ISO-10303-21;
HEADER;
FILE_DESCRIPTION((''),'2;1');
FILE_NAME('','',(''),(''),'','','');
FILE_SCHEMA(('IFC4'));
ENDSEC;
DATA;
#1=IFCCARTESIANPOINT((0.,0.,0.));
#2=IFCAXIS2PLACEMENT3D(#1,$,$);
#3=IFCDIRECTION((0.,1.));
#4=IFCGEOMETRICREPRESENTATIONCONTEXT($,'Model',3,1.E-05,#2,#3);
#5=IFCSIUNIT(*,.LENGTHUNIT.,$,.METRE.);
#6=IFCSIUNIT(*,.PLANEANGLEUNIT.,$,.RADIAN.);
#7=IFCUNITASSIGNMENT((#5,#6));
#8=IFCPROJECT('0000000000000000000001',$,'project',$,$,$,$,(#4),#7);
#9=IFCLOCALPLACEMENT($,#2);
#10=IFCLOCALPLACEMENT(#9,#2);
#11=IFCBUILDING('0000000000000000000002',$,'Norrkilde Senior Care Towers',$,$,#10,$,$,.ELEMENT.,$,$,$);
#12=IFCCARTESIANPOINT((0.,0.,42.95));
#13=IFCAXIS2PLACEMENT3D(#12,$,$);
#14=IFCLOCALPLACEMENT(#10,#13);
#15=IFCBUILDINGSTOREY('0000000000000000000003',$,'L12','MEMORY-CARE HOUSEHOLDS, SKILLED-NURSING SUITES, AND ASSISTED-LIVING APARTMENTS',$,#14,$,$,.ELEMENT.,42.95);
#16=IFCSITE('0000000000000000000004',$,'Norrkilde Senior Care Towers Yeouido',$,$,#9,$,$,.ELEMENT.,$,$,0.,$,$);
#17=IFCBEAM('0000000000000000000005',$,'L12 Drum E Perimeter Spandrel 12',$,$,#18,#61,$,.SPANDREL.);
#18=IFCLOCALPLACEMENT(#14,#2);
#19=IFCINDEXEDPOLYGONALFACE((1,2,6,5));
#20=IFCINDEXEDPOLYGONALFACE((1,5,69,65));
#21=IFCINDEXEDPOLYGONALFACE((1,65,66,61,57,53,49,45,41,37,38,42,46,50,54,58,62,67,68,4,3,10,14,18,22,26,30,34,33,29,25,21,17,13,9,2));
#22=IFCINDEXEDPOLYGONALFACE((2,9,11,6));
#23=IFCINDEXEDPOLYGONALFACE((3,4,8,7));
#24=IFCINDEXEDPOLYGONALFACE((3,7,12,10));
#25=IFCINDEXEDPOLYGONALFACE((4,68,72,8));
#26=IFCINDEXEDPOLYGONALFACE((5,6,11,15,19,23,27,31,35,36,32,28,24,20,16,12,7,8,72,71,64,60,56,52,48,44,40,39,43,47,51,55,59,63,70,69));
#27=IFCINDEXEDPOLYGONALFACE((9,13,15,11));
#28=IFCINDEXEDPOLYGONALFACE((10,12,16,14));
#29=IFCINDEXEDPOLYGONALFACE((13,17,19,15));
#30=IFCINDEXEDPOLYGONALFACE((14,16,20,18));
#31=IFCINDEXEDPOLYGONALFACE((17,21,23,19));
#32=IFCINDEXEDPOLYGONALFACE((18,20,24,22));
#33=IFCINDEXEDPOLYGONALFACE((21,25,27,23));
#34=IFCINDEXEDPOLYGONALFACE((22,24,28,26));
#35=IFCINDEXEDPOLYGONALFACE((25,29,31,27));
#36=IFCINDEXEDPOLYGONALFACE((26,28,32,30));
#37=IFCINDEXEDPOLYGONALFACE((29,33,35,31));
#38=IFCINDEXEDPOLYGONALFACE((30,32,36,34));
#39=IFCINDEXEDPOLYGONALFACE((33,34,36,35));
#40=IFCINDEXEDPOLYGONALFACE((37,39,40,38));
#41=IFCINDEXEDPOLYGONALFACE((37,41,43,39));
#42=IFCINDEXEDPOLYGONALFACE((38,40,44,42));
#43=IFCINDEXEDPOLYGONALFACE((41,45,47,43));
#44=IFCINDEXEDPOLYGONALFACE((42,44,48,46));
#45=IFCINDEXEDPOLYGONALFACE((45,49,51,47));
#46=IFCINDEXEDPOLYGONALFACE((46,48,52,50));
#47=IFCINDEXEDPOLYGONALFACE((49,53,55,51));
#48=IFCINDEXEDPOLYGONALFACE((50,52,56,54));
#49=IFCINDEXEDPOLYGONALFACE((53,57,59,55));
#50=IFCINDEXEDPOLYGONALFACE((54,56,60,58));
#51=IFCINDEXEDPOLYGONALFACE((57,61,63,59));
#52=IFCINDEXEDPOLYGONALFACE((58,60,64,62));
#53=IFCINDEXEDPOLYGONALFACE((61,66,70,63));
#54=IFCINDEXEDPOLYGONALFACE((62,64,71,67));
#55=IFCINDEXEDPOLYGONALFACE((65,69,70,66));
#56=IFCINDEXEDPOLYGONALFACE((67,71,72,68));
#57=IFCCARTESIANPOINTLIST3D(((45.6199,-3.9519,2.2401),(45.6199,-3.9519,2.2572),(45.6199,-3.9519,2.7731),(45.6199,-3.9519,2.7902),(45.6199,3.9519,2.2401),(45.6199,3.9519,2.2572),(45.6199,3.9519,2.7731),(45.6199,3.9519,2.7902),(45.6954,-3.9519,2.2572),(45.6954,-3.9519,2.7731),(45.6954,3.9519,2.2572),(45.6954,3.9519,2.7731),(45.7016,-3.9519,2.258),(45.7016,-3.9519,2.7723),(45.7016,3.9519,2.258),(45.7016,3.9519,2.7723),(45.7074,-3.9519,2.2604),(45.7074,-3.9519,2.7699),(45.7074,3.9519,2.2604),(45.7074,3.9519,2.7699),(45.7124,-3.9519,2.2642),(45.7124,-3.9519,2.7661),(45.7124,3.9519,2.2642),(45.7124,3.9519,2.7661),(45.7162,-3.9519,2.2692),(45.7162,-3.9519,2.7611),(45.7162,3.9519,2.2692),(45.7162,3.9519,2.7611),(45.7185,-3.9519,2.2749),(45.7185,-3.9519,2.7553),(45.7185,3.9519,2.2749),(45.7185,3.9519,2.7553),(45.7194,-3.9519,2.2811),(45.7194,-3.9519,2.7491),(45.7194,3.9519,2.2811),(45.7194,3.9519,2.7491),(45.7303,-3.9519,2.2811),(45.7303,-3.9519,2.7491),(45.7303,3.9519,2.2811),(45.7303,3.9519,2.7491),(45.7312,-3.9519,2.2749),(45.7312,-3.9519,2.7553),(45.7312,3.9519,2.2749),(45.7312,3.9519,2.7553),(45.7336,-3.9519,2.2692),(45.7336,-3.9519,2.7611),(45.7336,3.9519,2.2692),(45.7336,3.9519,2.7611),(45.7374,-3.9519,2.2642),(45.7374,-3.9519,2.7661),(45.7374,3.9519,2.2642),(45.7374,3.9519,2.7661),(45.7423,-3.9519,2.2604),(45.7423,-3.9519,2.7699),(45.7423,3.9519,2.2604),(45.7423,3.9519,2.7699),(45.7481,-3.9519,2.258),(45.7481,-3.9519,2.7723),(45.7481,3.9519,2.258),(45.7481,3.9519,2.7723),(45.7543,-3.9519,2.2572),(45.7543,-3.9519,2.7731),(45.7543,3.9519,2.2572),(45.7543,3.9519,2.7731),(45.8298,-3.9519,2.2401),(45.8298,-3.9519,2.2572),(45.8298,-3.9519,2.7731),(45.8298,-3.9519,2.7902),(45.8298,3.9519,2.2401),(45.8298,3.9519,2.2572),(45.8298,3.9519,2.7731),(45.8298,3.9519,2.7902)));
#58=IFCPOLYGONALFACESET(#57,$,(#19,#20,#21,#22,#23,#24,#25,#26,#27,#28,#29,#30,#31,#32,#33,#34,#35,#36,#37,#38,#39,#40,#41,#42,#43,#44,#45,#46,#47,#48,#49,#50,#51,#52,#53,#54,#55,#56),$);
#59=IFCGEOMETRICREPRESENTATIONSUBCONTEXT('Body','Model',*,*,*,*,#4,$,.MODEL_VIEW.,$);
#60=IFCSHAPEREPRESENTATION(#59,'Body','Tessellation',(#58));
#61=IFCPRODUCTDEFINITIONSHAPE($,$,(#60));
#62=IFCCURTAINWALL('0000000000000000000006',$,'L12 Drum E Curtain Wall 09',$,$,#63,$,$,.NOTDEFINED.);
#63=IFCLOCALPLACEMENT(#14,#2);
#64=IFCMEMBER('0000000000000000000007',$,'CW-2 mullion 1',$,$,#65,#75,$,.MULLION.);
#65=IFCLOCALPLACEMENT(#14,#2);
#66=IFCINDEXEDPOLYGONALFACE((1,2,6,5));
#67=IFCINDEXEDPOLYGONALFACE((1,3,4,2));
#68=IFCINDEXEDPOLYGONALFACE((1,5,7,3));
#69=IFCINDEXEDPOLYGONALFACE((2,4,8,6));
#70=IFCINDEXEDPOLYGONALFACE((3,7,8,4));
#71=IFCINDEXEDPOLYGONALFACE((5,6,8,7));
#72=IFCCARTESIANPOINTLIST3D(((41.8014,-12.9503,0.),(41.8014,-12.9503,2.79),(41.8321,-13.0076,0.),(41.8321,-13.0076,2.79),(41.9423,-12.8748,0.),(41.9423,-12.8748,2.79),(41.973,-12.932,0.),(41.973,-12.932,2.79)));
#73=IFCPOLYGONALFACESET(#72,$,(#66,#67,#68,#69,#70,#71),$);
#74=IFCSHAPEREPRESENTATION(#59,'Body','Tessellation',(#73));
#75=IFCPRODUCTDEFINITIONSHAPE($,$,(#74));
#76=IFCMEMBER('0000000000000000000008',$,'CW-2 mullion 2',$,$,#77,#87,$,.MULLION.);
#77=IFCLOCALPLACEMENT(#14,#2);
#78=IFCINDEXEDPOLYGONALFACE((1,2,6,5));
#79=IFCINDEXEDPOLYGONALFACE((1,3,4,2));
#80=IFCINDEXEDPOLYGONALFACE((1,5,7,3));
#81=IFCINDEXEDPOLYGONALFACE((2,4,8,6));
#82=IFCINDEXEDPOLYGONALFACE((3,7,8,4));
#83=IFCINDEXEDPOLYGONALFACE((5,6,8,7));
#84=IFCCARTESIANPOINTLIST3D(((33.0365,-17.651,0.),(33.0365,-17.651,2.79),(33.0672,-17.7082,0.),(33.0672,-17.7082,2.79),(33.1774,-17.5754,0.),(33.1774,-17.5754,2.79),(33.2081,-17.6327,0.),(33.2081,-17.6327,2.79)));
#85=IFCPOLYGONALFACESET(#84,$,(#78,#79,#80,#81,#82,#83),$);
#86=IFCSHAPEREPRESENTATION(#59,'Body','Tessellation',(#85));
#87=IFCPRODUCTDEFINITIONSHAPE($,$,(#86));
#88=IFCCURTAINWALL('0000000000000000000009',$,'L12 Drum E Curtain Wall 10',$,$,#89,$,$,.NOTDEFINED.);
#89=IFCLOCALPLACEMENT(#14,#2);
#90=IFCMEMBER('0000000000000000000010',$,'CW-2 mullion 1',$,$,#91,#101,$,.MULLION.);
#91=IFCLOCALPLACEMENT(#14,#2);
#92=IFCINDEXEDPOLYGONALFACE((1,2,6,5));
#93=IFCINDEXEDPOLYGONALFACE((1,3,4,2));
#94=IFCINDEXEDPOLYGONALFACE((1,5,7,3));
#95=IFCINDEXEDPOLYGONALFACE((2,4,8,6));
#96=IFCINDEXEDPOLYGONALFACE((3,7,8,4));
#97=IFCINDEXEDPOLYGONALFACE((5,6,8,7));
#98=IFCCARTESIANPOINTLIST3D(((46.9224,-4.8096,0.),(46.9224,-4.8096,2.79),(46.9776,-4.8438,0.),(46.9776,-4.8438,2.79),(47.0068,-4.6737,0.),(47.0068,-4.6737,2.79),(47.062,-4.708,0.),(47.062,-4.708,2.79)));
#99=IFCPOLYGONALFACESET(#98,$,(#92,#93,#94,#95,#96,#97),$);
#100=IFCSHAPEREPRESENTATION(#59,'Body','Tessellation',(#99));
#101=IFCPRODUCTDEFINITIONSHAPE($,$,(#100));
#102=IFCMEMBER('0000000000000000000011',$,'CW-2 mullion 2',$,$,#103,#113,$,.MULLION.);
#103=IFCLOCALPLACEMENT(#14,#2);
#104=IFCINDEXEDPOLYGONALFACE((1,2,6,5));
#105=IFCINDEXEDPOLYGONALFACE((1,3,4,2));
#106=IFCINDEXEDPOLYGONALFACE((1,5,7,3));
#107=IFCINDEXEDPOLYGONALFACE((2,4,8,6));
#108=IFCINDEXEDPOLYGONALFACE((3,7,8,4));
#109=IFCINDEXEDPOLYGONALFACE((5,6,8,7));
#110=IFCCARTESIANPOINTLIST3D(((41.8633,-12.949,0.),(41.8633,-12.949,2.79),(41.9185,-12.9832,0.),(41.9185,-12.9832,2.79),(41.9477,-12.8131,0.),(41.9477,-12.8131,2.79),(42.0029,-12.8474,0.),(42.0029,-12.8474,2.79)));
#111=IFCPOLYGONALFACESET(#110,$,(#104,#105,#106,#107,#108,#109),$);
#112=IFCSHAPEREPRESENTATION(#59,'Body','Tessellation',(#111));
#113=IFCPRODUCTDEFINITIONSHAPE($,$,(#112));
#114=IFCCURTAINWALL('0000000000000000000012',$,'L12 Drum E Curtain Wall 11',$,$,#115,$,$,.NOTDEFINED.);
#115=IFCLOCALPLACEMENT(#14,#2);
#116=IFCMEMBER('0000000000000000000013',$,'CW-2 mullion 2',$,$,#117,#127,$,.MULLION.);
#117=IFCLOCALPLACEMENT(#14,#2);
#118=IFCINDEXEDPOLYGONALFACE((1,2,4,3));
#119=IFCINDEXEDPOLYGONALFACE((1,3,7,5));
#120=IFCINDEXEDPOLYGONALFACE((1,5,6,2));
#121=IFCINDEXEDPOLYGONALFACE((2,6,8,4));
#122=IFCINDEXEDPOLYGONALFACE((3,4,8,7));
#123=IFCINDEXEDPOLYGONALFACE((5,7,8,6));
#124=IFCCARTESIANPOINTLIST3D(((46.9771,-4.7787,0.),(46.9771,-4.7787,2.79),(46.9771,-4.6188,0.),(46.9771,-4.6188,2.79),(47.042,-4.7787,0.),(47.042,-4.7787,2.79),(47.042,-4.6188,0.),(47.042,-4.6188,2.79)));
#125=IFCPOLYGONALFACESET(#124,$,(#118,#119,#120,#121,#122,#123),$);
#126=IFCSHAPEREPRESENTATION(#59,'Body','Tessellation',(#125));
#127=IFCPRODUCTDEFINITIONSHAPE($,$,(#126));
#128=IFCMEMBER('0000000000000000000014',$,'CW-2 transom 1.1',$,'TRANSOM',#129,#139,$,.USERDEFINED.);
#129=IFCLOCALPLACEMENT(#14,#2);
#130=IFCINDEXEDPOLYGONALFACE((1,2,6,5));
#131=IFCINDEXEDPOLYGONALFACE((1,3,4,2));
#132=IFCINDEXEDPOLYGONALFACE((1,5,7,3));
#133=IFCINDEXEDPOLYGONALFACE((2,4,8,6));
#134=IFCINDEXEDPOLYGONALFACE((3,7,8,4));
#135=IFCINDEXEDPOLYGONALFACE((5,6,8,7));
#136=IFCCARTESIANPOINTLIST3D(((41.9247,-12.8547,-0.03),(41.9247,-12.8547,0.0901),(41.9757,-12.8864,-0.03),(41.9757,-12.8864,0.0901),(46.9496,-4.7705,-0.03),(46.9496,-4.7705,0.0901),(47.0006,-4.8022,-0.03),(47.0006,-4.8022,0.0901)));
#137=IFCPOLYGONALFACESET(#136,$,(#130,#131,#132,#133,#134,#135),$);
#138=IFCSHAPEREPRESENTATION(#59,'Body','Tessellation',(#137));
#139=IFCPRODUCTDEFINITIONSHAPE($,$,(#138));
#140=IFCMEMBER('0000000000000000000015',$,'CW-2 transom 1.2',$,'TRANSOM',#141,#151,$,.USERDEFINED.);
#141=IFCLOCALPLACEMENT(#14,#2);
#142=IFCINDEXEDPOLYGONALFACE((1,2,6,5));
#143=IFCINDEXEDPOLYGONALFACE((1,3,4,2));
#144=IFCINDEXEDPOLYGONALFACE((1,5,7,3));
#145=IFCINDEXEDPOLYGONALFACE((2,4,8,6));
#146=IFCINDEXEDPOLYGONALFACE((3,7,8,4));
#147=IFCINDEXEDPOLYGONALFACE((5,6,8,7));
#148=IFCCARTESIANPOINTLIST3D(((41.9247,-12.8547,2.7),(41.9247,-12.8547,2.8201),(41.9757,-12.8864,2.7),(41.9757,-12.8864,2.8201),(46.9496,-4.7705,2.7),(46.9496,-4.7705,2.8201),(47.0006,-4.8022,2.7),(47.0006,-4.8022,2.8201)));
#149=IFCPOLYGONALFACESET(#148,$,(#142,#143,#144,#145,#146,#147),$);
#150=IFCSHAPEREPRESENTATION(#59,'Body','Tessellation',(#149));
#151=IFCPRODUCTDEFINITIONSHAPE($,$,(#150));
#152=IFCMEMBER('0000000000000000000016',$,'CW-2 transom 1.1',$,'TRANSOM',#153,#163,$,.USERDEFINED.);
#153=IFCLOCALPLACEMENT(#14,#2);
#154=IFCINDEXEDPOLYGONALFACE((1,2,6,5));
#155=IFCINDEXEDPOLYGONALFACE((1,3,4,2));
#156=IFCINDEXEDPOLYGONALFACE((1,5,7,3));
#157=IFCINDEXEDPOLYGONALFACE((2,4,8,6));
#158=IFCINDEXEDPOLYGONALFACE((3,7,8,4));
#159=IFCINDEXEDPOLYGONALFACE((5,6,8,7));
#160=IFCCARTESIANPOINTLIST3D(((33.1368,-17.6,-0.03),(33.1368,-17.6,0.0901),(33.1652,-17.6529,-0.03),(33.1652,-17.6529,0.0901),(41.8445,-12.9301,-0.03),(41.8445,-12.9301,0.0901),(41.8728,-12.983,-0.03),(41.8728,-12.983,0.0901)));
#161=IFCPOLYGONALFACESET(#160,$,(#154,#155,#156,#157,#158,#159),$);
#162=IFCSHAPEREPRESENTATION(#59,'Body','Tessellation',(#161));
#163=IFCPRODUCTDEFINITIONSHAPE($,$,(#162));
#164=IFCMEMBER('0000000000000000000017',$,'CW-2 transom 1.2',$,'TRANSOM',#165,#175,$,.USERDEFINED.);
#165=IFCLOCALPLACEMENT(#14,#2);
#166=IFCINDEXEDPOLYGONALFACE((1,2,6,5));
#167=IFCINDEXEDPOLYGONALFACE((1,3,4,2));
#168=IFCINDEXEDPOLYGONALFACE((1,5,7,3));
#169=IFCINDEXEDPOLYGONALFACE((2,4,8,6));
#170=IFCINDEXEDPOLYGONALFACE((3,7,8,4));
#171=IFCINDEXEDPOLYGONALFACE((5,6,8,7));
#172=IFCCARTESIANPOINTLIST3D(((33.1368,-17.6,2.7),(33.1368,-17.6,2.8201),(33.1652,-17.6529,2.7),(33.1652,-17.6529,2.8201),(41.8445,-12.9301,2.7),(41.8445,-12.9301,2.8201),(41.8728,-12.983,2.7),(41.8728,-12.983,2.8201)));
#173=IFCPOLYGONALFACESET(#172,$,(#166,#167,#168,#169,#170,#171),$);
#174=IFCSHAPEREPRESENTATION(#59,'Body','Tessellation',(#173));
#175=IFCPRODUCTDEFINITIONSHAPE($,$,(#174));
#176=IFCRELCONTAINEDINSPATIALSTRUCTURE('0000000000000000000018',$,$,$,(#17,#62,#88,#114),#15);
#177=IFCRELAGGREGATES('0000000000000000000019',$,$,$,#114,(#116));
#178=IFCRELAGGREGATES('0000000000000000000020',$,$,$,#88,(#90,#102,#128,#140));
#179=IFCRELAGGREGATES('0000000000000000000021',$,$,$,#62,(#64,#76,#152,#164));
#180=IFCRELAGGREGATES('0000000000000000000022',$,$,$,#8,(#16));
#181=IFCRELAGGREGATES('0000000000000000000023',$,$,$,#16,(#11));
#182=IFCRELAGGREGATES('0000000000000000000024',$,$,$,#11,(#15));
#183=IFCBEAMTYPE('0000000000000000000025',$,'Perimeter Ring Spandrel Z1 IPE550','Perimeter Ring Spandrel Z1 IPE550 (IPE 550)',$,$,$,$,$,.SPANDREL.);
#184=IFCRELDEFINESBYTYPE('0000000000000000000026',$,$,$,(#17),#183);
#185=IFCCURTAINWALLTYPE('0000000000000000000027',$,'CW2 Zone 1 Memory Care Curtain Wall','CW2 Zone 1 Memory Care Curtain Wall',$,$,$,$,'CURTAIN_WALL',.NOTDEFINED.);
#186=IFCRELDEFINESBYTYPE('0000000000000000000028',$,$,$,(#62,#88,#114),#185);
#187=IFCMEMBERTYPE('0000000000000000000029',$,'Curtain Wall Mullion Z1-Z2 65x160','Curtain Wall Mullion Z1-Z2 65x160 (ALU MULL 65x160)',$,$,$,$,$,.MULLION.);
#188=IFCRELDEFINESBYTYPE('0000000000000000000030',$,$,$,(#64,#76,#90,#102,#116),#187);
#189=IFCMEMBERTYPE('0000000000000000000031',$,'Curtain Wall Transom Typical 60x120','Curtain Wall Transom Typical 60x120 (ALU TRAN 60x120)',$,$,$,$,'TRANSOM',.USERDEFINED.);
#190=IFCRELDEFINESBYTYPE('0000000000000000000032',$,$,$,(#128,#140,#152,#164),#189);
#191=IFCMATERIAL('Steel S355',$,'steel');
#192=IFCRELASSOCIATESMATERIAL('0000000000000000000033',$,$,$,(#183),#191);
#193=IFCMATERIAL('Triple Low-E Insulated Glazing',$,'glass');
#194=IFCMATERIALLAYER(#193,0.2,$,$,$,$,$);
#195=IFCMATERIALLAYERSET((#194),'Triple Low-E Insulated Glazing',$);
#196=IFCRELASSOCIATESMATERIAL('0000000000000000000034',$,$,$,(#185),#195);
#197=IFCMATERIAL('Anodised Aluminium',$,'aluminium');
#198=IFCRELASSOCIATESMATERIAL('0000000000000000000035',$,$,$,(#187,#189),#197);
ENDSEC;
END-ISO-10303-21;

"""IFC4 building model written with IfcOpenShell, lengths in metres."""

from ifc_helpers import new_model, si_unit, direction, frame, origin, origin_2d, place, context, subcontext, project, spatial, rectangle, i_section, extrude, source, transform, mapped, material, layer, layer_set, material_profile, profile_set, type_object, type_shapes, element, aggregate, save


model = new_model("IFC4")

# Units and contexts
model_context = context("Model", 3, precision=1e-05, world=origin(), true_north=direction((0.0, 1.0)))
body_context = subcontext(model_context, "Body", "Model", "MODEL_VIEW")
ifc_project = project(units=[si_unit("LENGTHUNIT", "METRE"), si_unit("PLANEANGLEUNIT", "RADIAN")], contexts=[model_context])

# Site, building, storey
site_placement = place(None, origin())
site = spatial("IfcSite", under=ifc_project, at=site_placement, Name="Norrkilde Senior Care Towers Yeouido", CompositionType="ELEMENT", RefElevation=0.0)
building_placement = place(site_placement, origin())
building = spatial("IfcBuilding", under=site, at=building_placement, Name="Norrkilde Senior Care Towers", CompositionType="ELEMENT")
storey_placement = place(building_placement, frame((0.0, 0.0, 42.95)))
storey = spatial("IfcBuildingStorey", under=building, at=storey_placement, Name="L12", Description="MEMORY-CARE HOUSEHOLDS, SKILLED-NURSING SUITES, AND ASSISTED-LIVING APARTMENTS", CompositionType="ELEMENT", Elevation=42.95)

# Beam
ifc_material_1 = material(Name="Steel S355", Category="steel")
ifc_material_profile_1 = material_profile(ifc_material_1, i_section(OverallWidth=0.21, OverallDepth=0.55, WebThickness=0.011, FlangeThickness=0.0171, FilletRadius=0.0239, at=origin_2d()), Name="IPE 550")
ifc_profile_set_1 = profile_set([ifc_material_profile_1], Name="Steel S355")
beam_type_1 = type_object("IfcBeamType", Name="Perimeter Ring Spandrel Z1 IPE550", Description="Perimeter Ring Spandrel Z1 IPE550 (IPE 550)", PredefinedType="SPANDREL", material=ifc_profile_set_1)
shared_shape_1 = source(origin(), body_context, "Body", "SweptSolid", [
    extrude(i_section(OverallWidth=0.21, OverallDepth=0.55, WebThickness=0.011, FlangeThickness=0.0171, FilletRadius=0.0239, at=origin_2d()), origin(), (0.0, 0.0, 1.0), 7.9038),
])
beam_1_placement = place(storey_placement, frame((45.7249, -3.9519, 2.5151), z_axis=(0.0, 1.0, 0.0), x_axis=(-1.0, 0.0, 0.0)))
element("IfcBeam", 1, at=beam_1_placement, inside=storey, type_object=beam_type_1, Name="L12 Drum E Perimeter Spandrel 12", PredefinedType="SPANDREL", context=body_context, shape_type="MappedRepresentation", body=[
    mapped(shared_shape_1, transform((0.0, 0.0, 0.0), x_axis=(1.0, 0.0, 0.0), y_axis=(0.0, 1.0, 0.0), z_axis=(0.0, 0.0, 1.0), scale=1.0)),
])

# Curtain walls, members
ifc_material_2 = material(Name="Triple Low-E Insulated Glazing", Category="glass")
ifc_layer_1 = layer(ifc_material_2, 0.2)
ifc_layer_set_1 = layer_set([ifc_layer_1], Name="Triple Low-E Insulated Glazing")
curtain_wall_type = type_object("IfcCurtainWallType", Name="CW2 Zone 1 Memory Care Curtain Wall", Description="CW2 Zone 1 Memory Care Curtain Wall", ElementType="CURTAIN_WALL", PredefinedType="NOTDEFINED", material=ifc_layer_set_1)
curtain_wall_1_placement = place(storey_placement, origin())
curtain_wall_1 = element("IfcCurtainWall", 2, at=curtain_wall_1_placement, inside=storey, type_object=curtain_wall_type, Name="L12 Drum E Curtain Wall 09", PredefinedType="NOTDEFINED")
ifc_material_3 = material(Name="Anodised Aluminium", Category="aluminium")
ifc_material_profile_2 = material_profile(ifc_material_3, rectangle(XDim=0.0649, YDim=0.1599, at=origin_2d()), Name="ALU MULL 65x160")
ifc_profile_set_2 = profile_set([ifc_material_profile_2], Name="Anodised Aluminium")
member_type_1 = type_object("IfcMemberType", Name="Curtain Wall Mullion Z1-Z2 65x160", Description="Curtain Wall Mullion Z1-Z2 65x160 (ALU MULL 65x160)", PredefinedType="MULLION", material=ifc_profile_set_2)
shared_shape_2 = source(origin(), body_context, "Body", "SweptSolid", [
    extrude(rectangle(XDim=0.0649, YDim=0.1599, at=origin_2d()), origin(), (0.0, 0.0, 1.0), 2.79),
])
type_shapes(member_type_1, [shared_shape_2])
member_1_placement = place(storey_placement, frame((41.8872, -12.9412, 0.0), z_axis=(0.0, 0.0, 1.0), x_axis=(0.472608, -0.881273, 0.0)))
member_1 = element("IfcMember", 3, at=member_1_placement, type_object=member_type_1, Name="CW-2 mullion 1", PredefinedType="MULLION", context=body_context, shape_type="MappedRepresentation", body=[
    mapped(shared_shape_2, transform((0.0, 0.0, 0.0), x_axis=(1.0, 0.0, 0.0), y_axis=(0.0, 1.0, 0.0), z_axis=(0.0, 0.0, 1.0), scale=1.0)),
])
member_2_placement = place(storey_placement, frame((33.1223, -17.6418, 0.0), z_axis=(0.0, 0.0, 1.0), x_axis=(0.472608, -0.881273, 0.0)))
member_2 = element("IfcMember", 4, at=member_2_placement, type_object=member_type_1, Name="CW-2 mullion 2", PredefinedType="MULLION", context=body_context, shape_type="MappedRepresentation", body=[
    mapped(shared_shape_2, transform((0.0, 0.0, 0.0), x_axis=(1.0, 0.0, 0.0), y_axis=(0.0, 1.0, 0.0), z_axis=(0.0, 0.0, 1.0), scale=1.0)),
])
curtain_wall_2_placement = place(storey_placement, origin())
curtain_wall_2 = element("IfcCurtainWall", 5, at=curtain_wall_2_placement, inside=storey, type_object=curtain_wall_type, Name="L12 Drum E Curtain Wall 10", PredefinedType="NOTDEFINED")
member_3_placement = place(storey_placement, frame((46.9922, -4.7588, 0.0), z_axis=(0.0, 0.0, 1.0), x_axis=(0.849306, -0.527901, 0.0)))
member_3 = element("IfcMember", 6, at=member_3_placement, type_object=member_type_1, Name="CW-2 mullion 1", PredefinedType="MULLION", context=body_context, shape_type="MappedRepresentation", body=[
    mapped(shared_shape_2, transform((0.0, 0.0, 0.0), x_axis=(1.0, 0.0, 0.0), y_axis=(0.0, 1.0, 0.0), z_axis=(0.0, 0.0, 1.0), scale=1.0)),
])
member_4_placement = place(storey_placement, frame((41.9331, -12.8982, 0.0), z_axis=(0.0, 0.0, 1.0), x_axis=(0.849306, -0.527901, 0.0)))
member_4 = element("IfcMember", 7, at=member_4_placement, type_object=member_type_1, Name="CW-2 mullion 2", PredefinedType="MULLION", context=body_context, shape_type="MappedRepresentation", body=[
    mapped(shared_shape_2, transform((0.0, 0.0, 0.0), x_axis=(1.0, 0.0, 0.0), y_axis=(0.0, 1.0, 0.0), z_axis=(0.0, 0.0, 1.0), scale=1.0)),
])

# Curtain wall, member
curtain_wall_3_placement = place(storey_placement, origin())
curtain_wall_3 = element("IfcCurtainWall", 8, at=curtain_wall_3_placement, inside=storey, type_object=curtain_wall_type, Name="L12 Drum E Curtain Wall 11", PredefinedType="NOTDEFINED")
member_5_placement = place(storey_placement, frame((47.0095, -4.6987, 0.0), z_axis=(0.0, 0.0, 1.0), x_axis=(1.0, 0.0, 0.0)))
member_5 = element("IfcMember", 9, at=member_5_placement, type_object=member_type_1, Name="CW-2 mullion 2", PredefinedType="MULLION", context=body_context, shape_type="MappedRepresentation", body=[
    mapped(shared_shape_2, transform((0.0, 0.0, 0.0), x_axis=(1.0, 0.0, 0.0), y_axis=(0.0, 1.0, 0.0), z_axis=(0.0, 0.0, 1.0), scale=1.0)),
])
aggregate(curtain_wall_3, [member_5])

# Members
ifc_material_profile_3 = material_profile(ifc_material_3, rectangle(XDim=0.0601, YDim=0.1201, at=origin_2d()), Name="ALU TRAN 60x120")
ifc_profile_set_3 = profile_set([ifc_material_profile_3], Name="Anodised Aluminium")
member_type_2 = type_object("IfcMemberType", Name="Curtain Wall Transom Typical 60x120", Description="Curtain Wall Transom Typical 60x120 (ALU TRAN 60x120)", ElementType="TRANSOM", PredefinedType="USERDEFINED", material=ifc_profile_set_3)
shared_shape_3 = source(origin(), body_context, "Body", "SweptSolid", [
    extrude(rectangle(XDim=0.0601, YDim=0.1201, at=origin_2d()), origin(), (0.0, 0.0, 1.0), 9.5186),
])
member_6_placement = place(storey_placement, frame((46.9751, -4.7864, 0.03), z_axis=(-0.527902, -0.849306, 0.0), x_axis=(0.849306, -0.527902, 0.0)))
member_6 = element("IfcMember", 10, at=member_6_placement, type_object=member_type_2, Name="CW-2 transom 1.1", ObjectType="TRANSOM", PredefinedType="USERDEFINED", context=body_context, shape_type="MappedRepresentation", body=[
    mapped(shared_shape_3, transform((0.0, 0.0, 0.0), x_axis=(1.0, 0.0, 0.0), y_axis=(0.0, 1.0, 0.0), z_axis=(0.0, 0.0, 1.0), scale=1.0)),
])
member_7_placement = place(storey_placement, frame((46.9751, -4.7864, 2.76), z_axis=(-0.527902, -0.849306, 0.0), x_axis=(0.849306, -0.527902, 0.0)))
member_7 = element("IfcMember", 11, at=member_7_placement, type_object=member_type_2, Name="CW-2 transom 1.2", ObjectType="TRANSOM", PredefinedType="USERDEFINED", context=body_context, shape_type="MappedRepresentation", body=[
    mapped(shared_shape_3, transform((0.0, 0.0, 0.0), x_axis=(1.0, 0.0, 0.0), y_axis=(0.0, 1.0, 0.0), z_axis=(0.0, 0.0, 1.0), scale=1.0)),
])
shared_shape_4 = source(origin(), body_context, "Body", "SweptSolid", [
    extrude(rectangle(XDim=0.0601, YDim=0.1201, at=origin_2d()), origin(), (0.0, 0.0, 1.0), 9.8809),
])
type_shapes(member_type_2, [shared_shape_3, shared_shape_4])
member_8_placement = place(storey_placement, frame((41.8586, -12.9565, 0.03), z_axis=(-0.881267, -0.472618, 0.0), x_axis=(0.472618, -0.881267, 0.0)))
member_8 = element("IfcMember", 12, at=member_8_placement, type_object=member_type_2, Name="CW-2 transom 1.1", ObjectType="TRANSOM", PredefinedType="USERDEFINED", context=body_context, shape_type="MappedRepresentation", body=[
    mapped(shared_shape_4, transform((0.0, 0.0, 0.0), x_axis=(1.0, 0.0, 0.0), y_axis=(0.0, 1.0, 0.0), z_axis=(0.0, 0.0, 1.0), scale=1.0)),
])
member_9_placement = place(storey_placement, frame((41.8586, -12.9565, 2.76), z_axis=(-0.881267, -0.472618, 0.0), x_axis=(0.472618, -0.881267, 0.0)))
member_9 = element("IfcMember", 13, at=member_9_placement, type_object=member_type_2, Name="CW-2 transom 1.2", ObjectType="TRANSOM", PredefinedType="USERDEFINED", context=body_context, shape_type="MappedRepresentation", body=[
    mapped(shared_shape_4, transform((0.0, 0.0, 0.0), x_axis=(1.0, 0.0, 0.0), y_axis=(0.0, 1.0, 0.0), z_axis=(0.0, 0.0, 1.0), scale=1.0)),
])

aggregate(curtain_wall_2, [member_3, member_4, member_6, member_7])
aggregate(curtain_wall_1, [member_1, member_2, member_8, member_9])

save(model, "model.ifc")
